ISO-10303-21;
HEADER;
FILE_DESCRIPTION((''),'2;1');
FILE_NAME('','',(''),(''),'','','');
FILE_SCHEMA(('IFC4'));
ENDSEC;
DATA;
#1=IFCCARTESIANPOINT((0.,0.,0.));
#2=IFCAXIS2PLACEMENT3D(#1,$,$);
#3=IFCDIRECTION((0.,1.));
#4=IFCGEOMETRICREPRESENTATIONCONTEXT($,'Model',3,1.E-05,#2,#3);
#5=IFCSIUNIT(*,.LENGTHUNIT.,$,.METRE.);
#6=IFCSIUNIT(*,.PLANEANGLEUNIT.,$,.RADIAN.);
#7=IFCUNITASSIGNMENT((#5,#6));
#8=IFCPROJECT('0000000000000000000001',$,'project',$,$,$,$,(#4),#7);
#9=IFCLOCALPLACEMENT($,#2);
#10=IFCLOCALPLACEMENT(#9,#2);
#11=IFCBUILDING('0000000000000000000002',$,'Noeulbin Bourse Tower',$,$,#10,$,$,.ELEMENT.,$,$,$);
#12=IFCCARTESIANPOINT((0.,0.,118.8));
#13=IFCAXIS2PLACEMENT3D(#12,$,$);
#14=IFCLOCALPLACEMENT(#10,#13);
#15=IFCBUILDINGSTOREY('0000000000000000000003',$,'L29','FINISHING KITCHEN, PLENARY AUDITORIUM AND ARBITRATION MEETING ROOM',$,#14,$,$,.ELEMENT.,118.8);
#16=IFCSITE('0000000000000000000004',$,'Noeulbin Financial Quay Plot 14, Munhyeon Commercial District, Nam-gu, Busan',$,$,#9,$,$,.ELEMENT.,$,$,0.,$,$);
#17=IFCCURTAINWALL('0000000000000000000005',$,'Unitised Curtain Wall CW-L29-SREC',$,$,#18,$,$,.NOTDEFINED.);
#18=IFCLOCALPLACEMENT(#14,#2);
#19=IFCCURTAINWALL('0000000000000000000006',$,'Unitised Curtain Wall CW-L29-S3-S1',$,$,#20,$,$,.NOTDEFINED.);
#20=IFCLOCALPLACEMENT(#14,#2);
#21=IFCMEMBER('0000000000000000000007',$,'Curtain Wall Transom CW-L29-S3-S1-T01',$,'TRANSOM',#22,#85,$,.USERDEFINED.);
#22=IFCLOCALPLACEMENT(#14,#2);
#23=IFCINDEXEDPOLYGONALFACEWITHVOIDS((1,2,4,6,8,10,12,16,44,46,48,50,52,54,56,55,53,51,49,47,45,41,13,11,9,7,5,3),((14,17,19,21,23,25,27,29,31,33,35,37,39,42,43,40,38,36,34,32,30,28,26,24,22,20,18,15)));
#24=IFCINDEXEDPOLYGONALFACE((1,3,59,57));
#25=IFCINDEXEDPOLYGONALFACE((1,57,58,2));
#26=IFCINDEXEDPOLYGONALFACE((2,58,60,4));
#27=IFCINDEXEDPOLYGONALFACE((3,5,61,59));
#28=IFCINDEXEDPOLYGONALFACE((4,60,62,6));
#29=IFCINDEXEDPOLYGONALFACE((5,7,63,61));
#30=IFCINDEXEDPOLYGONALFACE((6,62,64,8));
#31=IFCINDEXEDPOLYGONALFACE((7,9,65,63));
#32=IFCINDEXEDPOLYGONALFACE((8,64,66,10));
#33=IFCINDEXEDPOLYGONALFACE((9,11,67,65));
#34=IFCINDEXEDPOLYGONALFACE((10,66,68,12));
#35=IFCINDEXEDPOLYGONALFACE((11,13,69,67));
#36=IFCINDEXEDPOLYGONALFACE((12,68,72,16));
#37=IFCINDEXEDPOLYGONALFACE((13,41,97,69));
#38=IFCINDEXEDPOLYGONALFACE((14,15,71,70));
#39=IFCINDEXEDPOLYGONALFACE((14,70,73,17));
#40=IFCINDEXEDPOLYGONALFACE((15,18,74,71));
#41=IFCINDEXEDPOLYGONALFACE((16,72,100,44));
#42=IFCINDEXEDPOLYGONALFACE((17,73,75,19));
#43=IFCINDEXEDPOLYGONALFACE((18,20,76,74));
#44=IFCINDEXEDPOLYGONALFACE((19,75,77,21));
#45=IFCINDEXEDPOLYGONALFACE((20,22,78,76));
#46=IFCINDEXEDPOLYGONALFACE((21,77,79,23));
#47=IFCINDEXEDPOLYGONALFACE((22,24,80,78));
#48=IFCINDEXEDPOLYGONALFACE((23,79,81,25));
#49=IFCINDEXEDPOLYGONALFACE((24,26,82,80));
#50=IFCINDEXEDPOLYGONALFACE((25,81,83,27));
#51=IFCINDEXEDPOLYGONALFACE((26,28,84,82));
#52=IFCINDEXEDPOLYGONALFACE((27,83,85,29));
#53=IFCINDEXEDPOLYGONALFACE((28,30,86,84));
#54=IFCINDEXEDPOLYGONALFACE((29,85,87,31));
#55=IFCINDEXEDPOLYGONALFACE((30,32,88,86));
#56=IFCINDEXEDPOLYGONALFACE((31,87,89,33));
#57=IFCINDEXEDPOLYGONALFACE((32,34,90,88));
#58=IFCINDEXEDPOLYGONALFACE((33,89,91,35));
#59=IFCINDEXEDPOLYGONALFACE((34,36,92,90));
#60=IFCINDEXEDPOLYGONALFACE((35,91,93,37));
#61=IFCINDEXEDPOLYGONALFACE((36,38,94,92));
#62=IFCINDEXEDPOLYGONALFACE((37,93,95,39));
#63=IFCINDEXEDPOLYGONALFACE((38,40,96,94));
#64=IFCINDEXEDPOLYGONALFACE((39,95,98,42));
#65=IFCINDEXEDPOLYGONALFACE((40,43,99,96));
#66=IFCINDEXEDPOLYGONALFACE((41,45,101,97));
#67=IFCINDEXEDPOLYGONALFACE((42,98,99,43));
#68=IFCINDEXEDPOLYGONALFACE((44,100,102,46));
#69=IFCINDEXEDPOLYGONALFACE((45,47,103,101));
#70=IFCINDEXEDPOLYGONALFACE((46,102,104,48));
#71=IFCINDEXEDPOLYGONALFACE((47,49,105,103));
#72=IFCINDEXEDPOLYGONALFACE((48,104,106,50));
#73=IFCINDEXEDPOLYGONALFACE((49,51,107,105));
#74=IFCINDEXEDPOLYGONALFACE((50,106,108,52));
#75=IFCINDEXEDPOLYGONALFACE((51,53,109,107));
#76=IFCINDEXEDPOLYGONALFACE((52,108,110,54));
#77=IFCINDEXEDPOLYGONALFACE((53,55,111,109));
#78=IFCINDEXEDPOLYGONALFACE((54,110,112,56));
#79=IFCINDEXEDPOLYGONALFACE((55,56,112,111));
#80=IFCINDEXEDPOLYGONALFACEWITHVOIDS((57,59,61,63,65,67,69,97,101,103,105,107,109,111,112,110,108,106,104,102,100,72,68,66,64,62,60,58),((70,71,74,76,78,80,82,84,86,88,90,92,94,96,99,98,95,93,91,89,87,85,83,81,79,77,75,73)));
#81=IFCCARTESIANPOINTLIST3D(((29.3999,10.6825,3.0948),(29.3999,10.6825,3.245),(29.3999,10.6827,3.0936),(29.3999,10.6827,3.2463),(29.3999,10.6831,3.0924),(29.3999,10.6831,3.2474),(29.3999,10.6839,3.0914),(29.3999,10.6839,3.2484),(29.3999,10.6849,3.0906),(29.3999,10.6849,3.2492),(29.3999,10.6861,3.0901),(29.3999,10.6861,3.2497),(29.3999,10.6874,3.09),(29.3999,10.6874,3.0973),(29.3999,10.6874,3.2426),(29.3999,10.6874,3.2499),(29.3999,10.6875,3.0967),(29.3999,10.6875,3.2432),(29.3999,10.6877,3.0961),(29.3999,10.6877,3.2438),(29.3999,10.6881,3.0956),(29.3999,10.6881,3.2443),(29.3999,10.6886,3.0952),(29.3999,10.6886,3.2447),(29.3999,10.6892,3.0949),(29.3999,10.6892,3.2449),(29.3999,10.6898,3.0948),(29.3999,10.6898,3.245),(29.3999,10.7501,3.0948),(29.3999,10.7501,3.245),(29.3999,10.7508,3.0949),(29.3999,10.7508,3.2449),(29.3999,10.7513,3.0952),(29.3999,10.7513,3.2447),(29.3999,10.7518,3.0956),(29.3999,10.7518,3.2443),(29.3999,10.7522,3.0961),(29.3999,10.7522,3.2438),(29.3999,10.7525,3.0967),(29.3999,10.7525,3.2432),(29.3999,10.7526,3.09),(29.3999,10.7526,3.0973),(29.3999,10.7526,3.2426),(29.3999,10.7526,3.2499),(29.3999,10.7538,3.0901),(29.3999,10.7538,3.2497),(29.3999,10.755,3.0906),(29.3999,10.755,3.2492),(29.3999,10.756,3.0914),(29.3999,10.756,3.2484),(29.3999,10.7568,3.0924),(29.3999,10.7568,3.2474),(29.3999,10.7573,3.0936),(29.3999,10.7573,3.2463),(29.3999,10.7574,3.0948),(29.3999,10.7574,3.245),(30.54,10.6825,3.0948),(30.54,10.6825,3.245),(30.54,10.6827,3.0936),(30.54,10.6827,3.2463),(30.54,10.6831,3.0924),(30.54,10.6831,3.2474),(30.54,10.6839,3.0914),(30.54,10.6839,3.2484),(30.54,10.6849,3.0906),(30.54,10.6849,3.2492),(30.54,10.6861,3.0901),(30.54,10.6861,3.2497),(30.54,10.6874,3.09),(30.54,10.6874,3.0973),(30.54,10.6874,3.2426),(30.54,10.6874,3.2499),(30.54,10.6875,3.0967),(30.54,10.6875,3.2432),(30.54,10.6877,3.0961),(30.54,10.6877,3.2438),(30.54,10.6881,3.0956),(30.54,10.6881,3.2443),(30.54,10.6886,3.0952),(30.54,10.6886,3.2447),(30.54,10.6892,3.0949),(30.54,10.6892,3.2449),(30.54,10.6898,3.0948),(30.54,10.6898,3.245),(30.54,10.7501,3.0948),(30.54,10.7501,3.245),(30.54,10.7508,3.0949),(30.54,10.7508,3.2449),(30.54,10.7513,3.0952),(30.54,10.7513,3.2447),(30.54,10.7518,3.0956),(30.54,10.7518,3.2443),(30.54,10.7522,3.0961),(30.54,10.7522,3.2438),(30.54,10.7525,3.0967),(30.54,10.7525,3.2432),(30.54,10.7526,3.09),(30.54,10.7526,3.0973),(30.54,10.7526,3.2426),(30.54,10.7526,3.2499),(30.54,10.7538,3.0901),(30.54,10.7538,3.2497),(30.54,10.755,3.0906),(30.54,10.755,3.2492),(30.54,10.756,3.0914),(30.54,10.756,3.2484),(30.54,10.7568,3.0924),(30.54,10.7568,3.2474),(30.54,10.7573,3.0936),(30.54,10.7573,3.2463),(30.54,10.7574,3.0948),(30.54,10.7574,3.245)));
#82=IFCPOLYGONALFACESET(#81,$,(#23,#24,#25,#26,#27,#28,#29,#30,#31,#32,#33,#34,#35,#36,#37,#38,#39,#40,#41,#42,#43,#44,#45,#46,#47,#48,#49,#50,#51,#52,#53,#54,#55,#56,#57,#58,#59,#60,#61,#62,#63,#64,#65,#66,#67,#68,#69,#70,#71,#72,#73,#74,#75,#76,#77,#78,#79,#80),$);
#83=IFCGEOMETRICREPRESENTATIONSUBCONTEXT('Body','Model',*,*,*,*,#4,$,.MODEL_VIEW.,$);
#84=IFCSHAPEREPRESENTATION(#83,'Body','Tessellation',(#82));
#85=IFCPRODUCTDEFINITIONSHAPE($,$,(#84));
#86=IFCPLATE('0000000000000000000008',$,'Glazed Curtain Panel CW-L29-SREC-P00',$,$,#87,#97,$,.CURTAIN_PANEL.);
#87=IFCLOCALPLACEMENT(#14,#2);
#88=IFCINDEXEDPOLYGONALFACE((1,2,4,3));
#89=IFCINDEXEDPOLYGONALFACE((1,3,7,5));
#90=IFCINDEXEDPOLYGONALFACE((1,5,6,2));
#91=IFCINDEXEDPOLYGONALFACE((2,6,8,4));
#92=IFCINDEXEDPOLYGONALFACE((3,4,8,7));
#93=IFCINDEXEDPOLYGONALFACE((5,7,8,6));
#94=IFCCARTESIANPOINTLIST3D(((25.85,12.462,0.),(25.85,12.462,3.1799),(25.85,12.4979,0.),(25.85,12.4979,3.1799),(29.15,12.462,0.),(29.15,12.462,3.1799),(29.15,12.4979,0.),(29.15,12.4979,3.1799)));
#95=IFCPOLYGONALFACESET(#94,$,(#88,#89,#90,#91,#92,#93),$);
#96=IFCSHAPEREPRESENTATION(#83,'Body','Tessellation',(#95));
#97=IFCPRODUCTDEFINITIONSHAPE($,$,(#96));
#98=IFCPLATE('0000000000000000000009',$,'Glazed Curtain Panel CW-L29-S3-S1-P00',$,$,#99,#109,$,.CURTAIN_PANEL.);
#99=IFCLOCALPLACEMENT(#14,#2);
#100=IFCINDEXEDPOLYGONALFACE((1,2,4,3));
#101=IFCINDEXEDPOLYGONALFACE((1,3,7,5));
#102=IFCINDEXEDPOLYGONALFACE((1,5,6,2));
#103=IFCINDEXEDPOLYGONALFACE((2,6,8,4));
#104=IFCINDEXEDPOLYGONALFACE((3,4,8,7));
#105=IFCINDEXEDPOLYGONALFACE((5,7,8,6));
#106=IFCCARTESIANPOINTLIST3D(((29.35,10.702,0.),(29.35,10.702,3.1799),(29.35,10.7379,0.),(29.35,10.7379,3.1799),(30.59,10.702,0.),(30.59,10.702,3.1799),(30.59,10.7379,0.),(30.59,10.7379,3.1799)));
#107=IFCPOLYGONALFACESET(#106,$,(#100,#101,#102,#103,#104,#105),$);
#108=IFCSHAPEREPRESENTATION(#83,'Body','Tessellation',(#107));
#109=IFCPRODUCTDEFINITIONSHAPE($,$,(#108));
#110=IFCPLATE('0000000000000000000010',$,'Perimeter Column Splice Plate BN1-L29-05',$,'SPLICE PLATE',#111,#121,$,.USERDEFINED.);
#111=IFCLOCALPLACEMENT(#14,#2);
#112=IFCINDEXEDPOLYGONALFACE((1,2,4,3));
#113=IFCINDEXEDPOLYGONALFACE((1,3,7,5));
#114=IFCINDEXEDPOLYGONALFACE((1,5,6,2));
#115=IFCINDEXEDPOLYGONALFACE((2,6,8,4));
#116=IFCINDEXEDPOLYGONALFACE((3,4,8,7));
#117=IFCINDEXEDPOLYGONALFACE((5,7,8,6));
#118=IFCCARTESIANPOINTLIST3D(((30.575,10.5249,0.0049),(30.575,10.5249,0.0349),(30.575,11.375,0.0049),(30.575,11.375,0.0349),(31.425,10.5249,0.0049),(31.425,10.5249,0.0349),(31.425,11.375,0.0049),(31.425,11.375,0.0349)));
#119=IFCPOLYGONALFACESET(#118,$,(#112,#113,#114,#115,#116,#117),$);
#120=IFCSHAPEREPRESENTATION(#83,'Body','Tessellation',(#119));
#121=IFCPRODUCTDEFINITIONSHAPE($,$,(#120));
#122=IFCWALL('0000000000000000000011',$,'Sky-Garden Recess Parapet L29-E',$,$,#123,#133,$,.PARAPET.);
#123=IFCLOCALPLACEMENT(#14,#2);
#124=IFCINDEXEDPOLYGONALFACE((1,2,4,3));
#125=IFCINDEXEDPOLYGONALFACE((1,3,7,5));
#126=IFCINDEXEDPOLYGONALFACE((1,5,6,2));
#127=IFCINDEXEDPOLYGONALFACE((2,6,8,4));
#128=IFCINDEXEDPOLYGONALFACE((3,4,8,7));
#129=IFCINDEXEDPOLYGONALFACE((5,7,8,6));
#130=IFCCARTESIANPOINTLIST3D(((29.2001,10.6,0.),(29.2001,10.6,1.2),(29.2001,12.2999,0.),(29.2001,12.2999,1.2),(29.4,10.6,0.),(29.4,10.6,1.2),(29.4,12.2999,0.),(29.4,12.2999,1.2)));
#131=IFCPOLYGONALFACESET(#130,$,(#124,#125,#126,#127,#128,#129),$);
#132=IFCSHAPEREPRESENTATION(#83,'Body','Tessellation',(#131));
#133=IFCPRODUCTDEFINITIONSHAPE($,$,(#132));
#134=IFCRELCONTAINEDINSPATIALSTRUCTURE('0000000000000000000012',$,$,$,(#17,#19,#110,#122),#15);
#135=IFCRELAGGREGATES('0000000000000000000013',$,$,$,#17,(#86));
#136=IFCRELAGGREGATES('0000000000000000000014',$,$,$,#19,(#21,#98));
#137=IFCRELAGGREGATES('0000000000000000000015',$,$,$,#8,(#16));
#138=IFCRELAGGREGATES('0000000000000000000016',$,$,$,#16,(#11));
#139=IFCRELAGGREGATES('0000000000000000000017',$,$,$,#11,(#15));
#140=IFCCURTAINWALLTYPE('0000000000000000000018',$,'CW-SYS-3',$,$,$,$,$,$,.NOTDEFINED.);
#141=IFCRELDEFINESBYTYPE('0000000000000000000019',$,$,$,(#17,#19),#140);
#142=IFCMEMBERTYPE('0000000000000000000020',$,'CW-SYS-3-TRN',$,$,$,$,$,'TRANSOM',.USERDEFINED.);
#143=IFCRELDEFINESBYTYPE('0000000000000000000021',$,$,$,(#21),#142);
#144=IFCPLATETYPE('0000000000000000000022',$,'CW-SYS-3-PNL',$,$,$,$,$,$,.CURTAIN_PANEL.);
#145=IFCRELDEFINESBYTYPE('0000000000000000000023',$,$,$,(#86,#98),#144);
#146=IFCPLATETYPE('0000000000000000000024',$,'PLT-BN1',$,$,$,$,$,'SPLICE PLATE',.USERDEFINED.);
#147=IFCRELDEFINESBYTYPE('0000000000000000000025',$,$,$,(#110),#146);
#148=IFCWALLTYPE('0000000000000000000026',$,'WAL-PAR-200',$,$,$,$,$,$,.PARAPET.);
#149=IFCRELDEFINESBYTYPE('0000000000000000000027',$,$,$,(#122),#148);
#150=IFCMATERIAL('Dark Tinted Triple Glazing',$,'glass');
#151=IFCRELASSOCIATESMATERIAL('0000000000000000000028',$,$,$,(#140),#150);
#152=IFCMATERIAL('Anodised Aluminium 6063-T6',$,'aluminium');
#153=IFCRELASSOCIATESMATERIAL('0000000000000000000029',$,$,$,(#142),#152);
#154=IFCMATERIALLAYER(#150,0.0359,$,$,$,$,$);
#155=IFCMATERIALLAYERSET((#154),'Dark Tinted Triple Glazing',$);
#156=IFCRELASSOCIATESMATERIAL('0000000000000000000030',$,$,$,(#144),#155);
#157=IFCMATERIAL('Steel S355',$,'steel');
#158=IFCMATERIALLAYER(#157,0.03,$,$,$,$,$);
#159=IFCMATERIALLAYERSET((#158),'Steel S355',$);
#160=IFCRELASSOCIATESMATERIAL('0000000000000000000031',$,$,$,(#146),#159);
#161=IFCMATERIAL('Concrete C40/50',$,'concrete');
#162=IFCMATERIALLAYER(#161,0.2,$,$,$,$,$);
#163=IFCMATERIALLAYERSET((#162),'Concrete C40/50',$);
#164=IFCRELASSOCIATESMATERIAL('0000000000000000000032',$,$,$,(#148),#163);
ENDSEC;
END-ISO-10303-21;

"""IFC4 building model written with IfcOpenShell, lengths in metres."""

from ifc_helpers import new_model, si_unit, direction, frame, frame_2d, origin, origin_2d, place, context, subcontext, project, spatial, rectangle, hollow_rectangle, extrude, material, layer, layer_set, material_profile, profile_set, type_object, element, aggregate, save


model = new_model("IFC4")

# Units and contexts
model_context = context("Model", 3, precision=1e-05, world=origin(), true_north=direction((0.0, 1.0)))
body_context = subcontext(model_context, "Body", "Model", "MODEL_VIEW")
ifc_project = project(units=[si_unit("LENGTHUNIT", "METRE"), si_unit("PLANEANGLEUNIT", "RADIAN")], contexts=[model_context])

# Site, building, storey
site_placement = place(None, origin())
site = spatial("IfcSite", under=ifc_project, at=site_placement, Name="Noeulbin Financial Quay Plot 14, Munhyeon Commercial District, Nam-gu, Busan", CompositionType="ELEMENT", RefElevation=0.0)
building_placement = place(site_placement, origin())
building = spatial("IfcBuilding", under=site, at=building_placement, Name="Noeulbin Bourse Tower", CompositionType="ELEMENT")
storey_placement = place(building_placement, frame((0.0, 0.0, 118.8)))
storey = spatial("IfcBuildingStorey", under=building, at=storey_placement, Name="L29", Description="FINISHING KITCHEN, PLENARY AUDITORIUM AND ARBITRATION MEETING ROOM", CompositionType="ELEMENT", Elevation=118.8)

# Shared definitions
ifc_material_1 = material(Name="Steel S355", Category="steel")

# Curtain wall
ifc_material_2 = material(Name="Dark Tinted Triple Glazing", Category="glass")
curtain_wall_type = type_object("IfcCurtainWallType", Name="CW-SYS-3", PredefinedType="NOTDEFINED", material=ifc_material_2)
curtain_wall_1_placement = place(storey_placement, origin())
curtain_wall_1 = element("IfcCurtainWall", 1, at=curtain_wall_1_placement, inside=storey, type_object=curtain_wall_type, Name="Unitised Curtain Wall CW-L29-SREC", PredefinedType="NOTDEFINED")
ifc_material_3 = material(Name="Anodised Aluminium 6063-T6", Category="aluminium")

# Curtain wall, member
curtain_wall_2_placement = place(storey_placement, origin())
curtain_wall_2 = element("IfcCurtainWall", 2, at=curtain_wall_2_placement, inside=storey, type_object=curtain_wall_type, Name="Unitised Curtain Wall CW-L29-S3-S1", PredefinedType="NOTDEFINED")
ifc_material_profile_1 = material_profile(ifc_material_3, hollow_rectangle(XDim=0.075, YDim=0.1599, WallThickness=0.0049, InnerFilletRadius=0.0024, OuterFilletRadius=0.0049, at=origin_2d()), Name="ALU-TRAN-75x160x5", Category="LoadBearing")
ifc_profile_set_1 = profile_set([ifc_material_profile_1], Name="Anodised Aluminium 6063-T6")
member_type_1 = type_object("IfcMemberType", Name="CW-SYS-3-TRN", ElementType="TRANSOM", PredefinedType="USERDEFINED", material=ifc_profile_set_1)
member_1_placement = place(storey_placement, frame((29.3999, 10.72, 3.1699), z_axis=(1.0, 0.0, 0.0), x_axis=(0.0, 1.0, 0.0)))
member_1 = element("IfcMember", 3, at=member_1_placement, type_object=member_type_1, Name="Curtain Wall Transom CW-L29-S3-S1-T01", ObjectType="TRANSOM", PredefinedType="USERDEFINED", context=body_context, shape_type="SweptSolid", body=[
    extrude(hollow_rectangle(XDim=0.075, YDim=0.1599, WallThickness=0.0049, InnerFilletRadius=0.0024, OuterFilletRadius=0.0049, at=origin_2d()), origin(), (0.0, 0.0, 1.0), 1.1401),
])

# Plates
ifc_layer_1 = layer(ifc_material_2, 0.0359)
ifc_layer_set_1 = layer_set([ifc_layer_1], Name="Dark Tinted Triple Glazing")
plate_type_1 = type_object("IfcPlateType", Name="CW-SYS-3-PNL", PredefinedType="CURTAIN_PANEL", material=ifc_layer_set_1)
plate_1_placement = place(storey_placement, frame((27.5, 12.48, 0.0), z_axis=(0.0, 0.0, 1.0), x_axis=(1.0, 0.0, 0.0)))
plate_1 = element("IfcPlate", 4, at=plate_1_placement, type_object=plate_type_1, Name="Glazed Curtain Panel CW-L29-SREC-P00", PredefinedType="CURTAIN_PANEL", context=body_context, shape_type="SweptSolid", body=[
    extrude(rectangle(XDim=3.3, YDim=0.0359, at=origin_2d()), origin(), (0.0, 0.0, 1.0), 3.1799),
])
aggregate(curtain_wall_1, [plate_1])
plate_2_placement = place(storey_placement, frame((29.97, 10.72, 0.0), z_axis=(0.0, 0.0, 1.0), x_axis=(1.0, 0.0, 0.0)))
plate_2 = element("IfcPlate", 5, at=plate_2_placement, type_object=plate_type_1, Name="Glazed Curtain Panel CW-L29-S3-S1-P00", PredefinedType="CURTAIN_PANEL", context=body_context, shape_type="SweptSolid", body=[
    extrude(rectangle(XDim=1.24, YDim=0.0359, at=origin_2d()), origin(), (0.0, 0.0, 1.0), 3.1799),
])
aggregate(curtain_wall_2, [member_1, plate_2])
ifc_layer_2 = layer(ifc_material_1, 0.03)
ifc_layer_set_2 = layer_set([ifc_layer_2], Name="Steel S355")
plate_type_2 = type_object("IfcPlateType", Name="PLT-BN1", ElementType="SPLICE PLATE", PredefinedType="USERDEFINED", material=ifc_layer_set_2)
plate_3_placement = place(storey_placement, frame((31.0, 10.95, 0.0049), z_axis=(0.0, 0.0, 1.0), x_axis=(1.0, 0.0, 0.0)))
element("IfcPlate", 6, at=plate_3_placement, inside=storey, type_object=plate_type_2, Name="Perimeter Column Splice Plate BN1-L29-05", ObjectType="SPLICE PLATE", PredefinedType="USERDEFINED", context=body_context, shape_type="SweptSolid", body=[
    extrude(rectangle(XDim=0.8501, YDim=0.8501, at=origin_2d()), origin(), (0.0, 0.0, 1.0), 0.03),
])

# Wall
ifc_material_4 = material(Name="Concrete C40/50", Category="concrete")
ifc_layer_3 = layer(ifc_material_4, 0.2)
ifc_layer_set_3 = layer_set([ifc_layer_3], Name="Concrete C40/50")
wall_type = type_object("IfcWallType", Name="WAL-PAR-200", PredefinedType="PARAPET", material=ifc_layer_set_3)
wall_placement = place(storey_placement, frame((29.3, 12.3, 0.0), z_axis=(0.0, 0.0, 1.0), x_axis=(0.0, -1.0, 0.0)))
element("IfcWall", 7, at=wall_placement, inside=storey, type_object=wall_type, Name="Sky-Garden Recess Parapet L29-E", PredefinedType="PARAPET", context=body_context, shape_type="SweptSolid", body=[
    extrude(rectangle(XDim=1.7, YDim=0.2, at=frame_2d((0.8501, 0.0))), origin(), (0.0, 0.0, 1.0), 1.2),
])

save(model, "model.ifc")
